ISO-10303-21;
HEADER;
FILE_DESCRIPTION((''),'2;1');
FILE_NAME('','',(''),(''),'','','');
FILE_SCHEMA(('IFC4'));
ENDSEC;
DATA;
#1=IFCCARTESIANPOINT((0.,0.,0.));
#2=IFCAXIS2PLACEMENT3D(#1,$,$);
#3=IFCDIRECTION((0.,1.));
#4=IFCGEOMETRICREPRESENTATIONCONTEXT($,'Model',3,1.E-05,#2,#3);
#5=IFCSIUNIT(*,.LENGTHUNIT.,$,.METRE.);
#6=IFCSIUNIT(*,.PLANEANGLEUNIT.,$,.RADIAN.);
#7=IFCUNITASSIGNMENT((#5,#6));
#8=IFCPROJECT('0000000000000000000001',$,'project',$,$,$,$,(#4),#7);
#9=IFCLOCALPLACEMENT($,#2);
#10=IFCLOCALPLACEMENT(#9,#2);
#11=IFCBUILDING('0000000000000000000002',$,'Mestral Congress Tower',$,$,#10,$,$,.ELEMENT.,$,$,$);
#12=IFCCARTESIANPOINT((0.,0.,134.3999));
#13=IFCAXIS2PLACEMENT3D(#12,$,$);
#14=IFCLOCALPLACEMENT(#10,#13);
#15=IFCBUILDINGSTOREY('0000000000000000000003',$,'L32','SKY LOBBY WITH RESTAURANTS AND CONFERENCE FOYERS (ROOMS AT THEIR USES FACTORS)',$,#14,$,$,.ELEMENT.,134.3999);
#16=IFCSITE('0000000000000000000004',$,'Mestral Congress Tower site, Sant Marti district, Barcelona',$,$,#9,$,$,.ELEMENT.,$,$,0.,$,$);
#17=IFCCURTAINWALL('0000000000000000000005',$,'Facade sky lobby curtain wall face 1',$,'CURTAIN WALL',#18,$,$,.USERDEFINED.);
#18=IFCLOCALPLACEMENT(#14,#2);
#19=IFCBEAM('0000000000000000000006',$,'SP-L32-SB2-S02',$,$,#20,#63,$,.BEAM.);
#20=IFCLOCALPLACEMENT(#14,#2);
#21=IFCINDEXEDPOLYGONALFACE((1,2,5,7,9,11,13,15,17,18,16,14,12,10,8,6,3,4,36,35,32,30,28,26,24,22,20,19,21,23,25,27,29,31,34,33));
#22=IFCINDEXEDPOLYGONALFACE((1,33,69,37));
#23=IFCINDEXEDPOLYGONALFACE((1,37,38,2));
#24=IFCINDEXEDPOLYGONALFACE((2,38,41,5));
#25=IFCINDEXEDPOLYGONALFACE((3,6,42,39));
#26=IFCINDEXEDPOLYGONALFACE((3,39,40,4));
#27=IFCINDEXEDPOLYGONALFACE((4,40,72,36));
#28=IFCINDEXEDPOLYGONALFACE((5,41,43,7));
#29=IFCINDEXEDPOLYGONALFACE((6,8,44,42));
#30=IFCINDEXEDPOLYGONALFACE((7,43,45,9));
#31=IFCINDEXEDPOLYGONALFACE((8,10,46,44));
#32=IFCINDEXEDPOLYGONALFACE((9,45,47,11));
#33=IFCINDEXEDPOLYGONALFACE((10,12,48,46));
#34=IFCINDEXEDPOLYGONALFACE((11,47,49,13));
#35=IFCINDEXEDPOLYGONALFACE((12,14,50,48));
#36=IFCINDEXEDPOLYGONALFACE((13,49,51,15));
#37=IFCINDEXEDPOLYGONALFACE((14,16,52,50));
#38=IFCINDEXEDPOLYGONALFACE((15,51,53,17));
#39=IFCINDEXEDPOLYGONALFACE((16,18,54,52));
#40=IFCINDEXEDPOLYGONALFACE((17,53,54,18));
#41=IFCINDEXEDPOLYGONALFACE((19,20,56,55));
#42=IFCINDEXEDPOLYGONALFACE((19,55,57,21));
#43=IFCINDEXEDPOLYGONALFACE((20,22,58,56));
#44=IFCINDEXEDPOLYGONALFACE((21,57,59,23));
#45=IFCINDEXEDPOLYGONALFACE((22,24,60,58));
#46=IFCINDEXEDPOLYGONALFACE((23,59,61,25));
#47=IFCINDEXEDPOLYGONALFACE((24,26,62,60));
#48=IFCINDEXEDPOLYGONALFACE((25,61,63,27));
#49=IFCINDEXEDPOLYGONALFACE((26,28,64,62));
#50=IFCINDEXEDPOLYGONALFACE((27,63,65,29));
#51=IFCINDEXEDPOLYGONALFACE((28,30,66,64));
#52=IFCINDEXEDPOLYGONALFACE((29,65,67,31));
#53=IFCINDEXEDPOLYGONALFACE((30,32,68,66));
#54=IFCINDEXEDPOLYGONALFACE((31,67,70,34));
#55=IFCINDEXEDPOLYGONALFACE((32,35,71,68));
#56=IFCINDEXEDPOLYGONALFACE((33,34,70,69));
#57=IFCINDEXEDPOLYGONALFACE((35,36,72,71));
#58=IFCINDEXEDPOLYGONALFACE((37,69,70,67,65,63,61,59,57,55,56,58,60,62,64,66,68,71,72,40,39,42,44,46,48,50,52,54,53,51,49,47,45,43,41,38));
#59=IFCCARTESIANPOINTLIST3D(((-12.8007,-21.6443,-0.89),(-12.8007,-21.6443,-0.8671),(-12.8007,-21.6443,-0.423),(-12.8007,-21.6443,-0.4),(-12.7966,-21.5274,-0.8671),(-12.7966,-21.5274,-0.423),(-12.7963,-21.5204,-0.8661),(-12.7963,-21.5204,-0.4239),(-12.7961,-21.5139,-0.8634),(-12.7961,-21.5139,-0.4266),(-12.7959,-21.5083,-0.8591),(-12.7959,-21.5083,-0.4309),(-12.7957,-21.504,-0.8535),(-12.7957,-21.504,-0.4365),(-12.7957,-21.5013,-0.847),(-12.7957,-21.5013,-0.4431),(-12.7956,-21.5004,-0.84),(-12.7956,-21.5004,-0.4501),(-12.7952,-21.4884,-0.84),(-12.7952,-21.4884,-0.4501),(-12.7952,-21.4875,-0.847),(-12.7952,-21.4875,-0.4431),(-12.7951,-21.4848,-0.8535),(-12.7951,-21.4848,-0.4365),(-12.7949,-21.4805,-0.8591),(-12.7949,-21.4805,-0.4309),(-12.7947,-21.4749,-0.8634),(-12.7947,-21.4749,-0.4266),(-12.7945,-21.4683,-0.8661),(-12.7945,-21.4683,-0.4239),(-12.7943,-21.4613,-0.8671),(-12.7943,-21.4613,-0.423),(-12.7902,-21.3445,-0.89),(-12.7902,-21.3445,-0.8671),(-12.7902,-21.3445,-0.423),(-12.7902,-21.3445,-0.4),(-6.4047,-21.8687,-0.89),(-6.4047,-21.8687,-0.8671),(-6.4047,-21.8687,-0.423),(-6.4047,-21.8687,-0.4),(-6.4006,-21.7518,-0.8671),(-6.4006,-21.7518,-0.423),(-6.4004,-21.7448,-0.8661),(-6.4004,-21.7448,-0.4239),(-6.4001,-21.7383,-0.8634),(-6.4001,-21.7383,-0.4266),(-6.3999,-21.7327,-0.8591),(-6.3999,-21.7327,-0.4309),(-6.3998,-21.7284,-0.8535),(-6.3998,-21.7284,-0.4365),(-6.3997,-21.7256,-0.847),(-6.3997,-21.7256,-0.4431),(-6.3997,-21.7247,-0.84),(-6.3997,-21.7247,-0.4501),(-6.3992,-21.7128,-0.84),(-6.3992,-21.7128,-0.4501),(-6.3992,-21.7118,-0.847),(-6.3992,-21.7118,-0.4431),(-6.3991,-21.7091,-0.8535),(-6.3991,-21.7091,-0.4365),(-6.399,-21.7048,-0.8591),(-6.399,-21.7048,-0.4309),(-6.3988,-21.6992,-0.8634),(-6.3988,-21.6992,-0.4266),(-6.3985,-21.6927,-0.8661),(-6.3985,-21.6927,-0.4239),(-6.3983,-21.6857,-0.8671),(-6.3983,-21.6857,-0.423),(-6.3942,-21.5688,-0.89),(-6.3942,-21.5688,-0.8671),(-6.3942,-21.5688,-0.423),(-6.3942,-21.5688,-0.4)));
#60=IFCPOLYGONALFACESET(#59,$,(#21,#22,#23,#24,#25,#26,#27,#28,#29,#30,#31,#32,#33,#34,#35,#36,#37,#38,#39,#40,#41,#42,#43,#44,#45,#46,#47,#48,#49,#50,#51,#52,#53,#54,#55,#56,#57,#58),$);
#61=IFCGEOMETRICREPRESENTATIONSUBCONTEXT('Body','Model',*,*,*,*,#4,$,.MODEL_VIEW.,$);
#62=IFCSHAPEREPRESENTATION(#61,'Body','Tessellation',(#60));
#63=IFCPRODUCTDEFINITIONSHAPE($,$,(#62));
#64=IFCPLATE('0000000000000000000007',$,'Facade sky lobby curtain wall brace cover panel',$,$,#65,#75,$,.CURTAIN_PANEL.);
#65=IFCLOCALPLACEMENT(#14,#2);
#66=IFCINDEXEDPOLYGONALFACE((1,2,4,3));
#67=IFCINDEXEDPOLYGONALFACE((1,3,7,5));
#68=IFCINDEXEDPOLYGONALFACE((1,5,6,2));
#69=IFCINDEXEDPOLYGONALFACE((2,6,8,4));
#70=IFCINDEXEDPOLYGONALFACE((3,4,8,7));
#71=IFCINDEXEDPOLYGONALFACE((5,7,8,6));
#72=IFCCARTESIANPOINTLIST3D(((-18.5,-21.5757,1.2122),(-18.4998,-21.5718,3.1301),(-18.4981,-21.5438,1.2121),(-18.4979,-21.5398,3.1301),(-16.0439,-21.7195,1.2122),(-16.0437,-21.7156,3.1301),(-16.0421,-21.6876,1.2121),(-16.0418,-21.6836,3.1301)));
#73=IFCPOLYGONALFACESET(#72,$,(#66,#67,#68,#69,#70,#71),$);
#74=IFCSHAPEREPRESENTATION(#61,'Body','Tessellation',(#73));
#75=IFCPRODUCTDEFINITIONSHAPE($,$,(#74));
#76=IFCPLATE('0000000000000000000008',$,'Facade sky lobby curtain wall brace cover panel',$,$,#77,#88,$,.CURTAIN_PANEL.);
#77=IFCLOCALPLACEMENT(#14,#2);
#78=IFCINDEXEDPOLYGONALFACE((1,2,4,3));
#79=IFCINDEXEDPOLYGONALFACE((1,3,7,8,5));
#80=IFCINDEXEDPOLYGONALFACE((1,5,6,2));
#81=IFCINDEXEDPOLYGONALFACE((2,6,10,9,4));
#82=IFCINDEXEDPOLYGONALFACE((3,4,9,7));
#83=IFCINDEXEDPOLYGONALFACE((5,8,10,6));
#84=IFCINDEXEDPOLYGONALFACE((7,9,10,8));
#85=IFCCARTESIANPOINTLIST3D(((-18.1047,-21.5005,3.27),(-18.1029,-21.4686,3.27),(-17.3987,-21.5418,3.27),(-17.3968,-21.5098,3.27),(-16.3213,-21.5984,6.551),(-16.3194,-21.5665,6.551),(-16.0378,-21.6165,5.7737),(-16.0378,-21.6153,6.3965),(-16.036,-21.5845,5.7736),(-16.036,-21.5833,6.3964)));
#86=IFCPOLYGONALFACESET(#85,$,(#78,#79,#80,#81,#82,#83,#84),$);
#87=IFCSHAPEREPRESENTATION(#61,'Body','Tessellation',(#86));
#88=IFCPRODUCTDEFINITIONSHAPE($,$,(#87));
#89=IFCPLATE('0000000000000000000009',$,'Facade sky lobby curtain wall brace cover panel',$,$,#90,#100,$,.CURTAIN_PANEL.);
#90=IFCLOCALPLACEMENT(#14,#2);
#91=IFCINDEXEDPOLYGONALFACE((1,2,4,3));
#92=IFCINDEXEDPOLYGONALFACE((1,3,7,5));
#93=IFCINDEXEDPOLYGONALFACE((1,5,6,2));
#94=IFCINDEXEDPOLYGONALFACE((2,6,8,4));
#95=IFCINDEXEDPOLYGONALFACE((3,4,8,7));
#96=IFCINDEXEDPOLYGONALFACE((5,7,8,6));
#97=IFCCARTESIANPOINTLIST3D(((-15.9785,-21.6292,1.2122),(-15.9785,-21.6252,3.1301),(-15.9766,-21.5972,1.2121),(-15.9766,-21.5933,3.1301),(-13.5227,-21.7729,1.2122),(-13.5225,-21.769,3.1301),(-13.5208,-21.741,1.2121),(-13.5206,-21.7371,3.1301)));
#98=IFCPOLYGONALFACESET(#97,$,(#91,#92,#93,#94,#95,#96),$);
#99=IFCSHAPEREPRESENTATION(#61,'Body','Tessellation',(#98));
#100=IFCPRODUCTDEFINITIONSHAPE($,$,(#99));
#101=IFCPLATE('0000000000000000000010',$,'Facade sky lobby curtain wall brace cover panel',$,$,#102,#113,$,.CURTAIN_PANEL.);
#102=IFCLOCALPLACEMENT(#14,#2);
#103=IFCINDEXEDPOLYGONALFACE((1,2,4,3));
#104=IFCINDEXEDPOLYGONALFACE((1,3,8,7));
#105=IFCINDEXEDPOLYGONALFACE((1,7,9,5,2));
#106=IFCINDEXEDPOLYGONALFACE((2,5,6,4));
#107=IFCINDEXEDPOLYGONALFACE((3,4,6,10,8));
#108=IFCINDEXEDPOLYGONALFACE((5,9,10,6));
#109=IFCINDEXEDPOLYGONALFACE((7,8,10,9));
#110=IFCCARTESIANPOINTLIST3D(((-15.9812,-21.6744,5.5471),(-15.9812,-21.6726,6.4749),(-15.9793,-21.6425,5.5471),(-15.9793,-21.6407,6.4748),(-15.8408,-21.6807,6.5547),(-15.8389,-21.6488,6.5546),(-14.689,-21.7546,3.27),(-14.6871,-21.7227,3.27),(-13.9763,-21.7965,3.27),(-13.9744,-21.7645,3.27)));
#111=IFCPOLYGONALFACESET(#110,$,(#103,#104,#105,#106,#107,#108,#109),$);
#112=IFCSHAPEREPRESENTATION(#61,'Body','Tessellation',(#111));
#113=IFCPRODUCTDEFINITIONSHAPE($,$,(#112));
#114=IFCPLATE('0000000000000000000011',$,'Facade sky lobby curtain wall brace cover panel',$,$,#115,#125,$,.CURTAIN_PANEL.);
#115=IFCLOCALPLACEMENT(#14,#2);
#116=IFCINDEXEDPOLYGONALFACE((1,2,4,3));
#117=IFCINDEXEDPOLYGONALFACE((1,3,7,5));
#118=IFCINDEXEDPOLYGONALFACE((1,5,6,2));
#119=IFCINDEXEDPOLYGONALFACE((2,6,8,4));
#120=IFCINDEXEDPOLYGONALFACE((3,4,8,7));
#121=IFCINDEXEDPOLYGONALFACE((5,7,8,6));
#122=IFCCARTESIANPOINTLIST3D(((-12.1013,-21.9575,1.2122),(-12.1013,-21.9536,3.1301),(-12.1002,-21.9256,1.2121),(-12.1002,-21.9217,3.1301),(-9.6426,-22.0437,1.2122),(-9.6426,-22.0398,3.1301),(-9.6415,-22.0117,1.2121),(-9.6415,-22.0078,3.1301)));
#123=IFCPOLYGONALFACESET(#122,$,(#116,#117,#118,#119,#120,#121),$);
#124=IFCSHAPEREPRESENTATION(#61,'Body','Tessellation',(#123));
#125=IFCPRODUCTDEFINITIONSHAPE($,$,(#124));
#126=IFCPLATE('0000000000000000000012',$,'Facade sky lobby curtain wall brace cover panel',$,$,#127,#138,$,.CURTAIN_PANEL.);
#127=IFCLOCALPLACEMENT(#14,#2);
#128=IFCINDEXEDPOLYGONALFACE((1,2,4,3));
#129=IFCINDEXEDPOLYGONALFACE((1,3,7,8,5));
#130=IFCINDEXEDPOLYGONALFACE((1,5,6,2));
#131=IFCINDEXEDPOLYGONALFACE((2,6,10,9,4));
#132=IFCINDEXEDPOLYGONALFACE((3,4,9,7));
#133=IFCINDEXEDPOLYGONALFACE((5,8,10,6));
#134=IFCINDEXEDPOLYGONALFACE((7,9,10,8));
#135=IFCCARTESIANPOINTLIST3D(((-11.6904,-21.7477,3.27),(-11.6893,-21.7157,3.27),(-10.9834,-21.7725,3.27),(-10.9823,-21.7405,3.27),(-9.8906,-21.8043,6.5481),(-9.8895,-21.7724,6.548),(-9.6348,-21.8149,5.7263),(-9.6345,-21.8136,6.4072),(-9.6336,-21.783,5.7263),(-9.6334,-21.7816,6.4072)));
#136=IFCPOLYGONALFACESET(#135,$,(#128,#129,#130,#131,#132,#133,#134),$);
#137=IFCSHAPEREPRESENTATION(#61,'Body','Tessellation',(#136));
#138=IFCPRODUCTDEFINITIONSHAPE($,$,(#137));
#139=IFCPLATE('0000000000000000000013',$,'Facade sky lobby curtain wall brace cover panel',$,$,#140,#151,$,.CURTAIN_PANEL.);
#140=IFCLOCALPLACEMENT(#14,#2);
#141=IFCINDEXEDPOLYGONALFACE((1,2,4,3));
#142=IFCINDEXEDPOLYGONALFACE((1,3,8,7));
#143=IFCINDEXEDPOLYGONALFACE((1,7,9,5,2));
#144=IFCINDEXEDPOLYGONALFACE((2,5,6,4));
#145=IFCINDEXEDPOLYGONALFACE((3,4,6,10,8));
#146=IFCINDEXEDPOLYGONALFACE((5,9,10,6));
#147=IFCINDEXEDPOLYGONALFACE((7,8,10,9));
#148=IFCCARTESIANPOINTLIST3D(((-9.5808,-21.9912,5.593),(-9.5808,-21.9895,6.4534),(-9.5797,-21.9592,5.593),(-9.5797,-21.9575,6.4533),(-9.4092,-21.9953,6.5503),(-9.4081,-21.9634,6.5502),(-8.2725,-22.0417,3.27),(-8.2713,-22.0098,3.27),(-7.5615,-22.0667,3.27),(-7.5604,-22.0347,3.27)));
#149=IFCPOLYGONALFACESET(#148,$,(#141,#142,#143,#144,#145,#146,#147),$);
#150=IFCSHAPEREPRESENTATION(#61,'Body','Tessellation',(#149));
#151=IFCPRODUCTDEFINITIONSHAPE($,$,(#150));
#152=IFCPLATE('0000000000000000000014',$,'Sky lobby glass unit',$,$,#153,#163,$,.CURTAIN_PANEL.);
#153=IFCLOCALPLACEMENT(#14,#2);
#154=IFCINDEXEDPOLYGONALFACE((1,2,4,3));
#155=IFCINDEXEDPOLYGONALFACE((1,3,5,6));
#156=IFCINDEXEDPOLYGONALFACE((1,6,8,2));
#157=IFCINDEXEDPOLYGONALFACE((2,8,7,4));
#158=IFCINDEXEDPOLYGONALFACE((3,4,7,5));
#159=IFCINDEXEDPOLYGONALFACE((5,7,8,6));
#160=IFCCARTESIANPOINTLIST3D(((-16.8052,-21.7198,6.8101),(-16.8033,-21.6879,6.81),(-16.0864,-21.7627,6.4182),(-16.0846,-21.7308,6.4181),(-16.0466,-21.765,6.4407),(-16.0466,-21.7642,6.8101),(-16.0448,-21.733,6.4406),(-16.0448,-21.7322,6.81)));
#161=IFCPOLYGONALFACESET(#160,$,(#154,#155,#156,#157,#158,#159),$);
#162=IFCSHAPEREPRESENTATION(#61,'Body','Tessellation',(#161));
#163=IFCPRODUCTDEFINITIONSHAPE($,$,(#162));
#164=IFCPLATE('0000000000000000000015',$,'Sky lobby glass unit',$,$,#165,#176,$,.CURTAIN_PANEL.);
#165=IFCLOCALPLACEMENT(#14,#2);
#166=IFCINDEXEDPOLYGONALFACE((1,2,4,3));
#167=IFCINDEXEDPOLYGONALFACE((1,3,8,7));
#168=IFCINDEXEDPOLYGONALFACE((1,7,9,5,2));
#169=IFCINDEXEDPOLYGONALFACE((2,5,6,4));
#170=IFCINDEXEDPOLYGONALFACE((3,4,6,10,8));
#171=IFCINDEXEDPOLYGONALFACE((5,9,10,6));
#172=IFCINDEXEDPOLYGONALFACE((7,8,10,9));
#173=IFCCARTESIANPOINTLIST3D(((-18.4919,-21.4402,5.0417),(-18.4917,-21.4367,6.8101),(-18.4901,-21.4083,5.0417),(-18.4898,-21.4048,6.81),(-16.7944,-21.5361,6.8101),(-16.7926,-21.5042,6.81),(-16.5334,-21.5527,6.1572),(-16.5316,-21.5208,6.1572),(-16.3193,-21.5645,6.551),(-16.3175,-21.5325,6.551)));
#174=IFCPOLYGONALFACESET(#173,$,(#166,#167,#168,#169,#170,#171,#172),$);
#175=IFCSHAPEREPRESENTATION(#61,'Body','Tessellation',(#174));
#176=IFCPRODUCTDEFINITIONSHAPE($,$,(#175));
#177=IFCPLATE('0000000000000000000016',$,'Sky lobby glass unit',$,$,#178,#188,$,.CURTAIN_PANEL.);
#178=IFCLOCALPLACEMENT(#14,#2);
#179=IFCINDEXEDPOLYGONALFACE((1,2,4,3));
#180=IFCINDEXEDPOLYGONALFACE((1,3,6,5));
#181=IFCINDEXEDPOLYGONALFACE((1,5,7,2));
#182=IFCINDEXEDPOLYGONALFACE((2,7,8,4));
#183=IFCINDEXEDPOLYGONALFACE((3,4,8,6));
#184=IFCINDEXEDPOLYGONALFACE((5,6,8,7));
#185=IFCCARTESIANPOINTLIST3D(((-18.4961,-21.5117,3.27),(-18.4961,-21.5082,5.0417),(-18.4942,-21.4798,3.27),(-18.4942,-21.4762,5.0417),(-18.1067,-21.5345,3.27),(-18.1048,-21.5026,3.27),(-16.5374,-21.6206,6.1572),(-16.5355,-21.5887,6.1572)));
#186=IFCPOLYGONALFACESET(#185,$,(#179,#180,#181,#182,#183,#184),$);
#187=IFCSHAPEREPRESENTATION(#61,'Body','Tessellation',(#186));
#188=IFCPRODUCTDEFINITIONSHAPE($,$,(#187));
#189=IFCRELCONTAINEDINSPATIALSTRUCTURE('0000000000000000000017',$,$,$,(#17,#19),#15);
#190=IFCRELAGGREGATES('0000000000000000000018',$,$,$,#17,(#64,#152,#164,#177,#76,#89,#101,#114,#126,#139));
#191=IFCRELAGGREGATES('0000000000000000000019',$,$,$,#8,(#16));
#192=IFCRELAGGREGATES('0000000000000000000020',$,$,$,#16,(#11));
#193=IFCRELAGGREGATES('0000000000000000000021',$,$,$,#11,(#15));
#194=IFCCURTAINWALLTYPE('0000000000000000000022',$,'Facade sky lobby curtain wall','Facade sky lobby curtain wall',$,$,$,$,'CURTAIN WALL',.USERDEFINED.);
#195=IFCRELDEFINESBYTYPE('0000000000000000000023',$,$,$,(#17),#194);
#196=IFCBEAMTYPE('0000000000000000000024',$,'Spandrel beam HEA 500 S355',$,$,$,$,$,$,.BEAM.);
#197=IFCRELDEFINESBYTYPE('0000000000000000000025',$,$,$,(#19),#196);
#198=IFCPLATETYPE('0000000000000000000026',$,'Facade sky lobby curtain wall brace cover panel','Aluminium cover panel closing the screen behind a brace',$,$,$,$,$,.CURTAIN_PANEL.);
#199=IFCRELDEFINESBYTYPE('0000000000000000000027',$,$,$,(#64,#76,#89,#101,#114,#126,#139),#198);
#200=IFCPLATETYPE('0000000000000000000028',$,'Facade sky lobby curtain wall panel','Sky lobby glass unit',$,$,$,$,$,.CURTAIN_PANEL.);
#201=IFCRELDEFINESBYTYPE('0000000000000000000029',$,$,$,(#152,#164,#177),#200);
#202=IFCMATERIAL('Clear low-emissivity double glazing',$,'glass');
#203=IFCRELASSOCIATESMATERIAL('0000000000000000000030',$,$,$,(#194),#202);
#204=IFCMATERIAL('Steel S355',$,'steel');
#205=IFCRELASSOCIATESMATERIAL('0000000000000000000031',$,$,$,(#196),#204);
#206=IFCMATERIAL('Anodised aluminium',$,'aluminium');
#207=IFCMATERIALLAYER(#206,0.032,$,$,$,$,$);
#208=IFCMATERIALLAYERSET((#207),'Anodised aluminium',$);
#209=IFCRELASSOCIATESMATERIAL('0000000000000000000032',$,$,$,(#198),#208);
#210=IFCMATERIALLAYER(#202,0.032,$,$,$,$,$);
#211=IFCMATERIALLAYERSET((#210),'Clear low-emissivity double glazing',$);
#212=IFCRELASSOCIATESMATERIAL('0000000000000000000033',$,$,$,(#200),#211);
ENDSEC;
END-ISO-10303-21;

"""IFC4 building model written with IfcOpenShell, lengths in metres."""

from ifc_helpers import new_model, si_unit, direction, frame, origin, origin_2d, place, context, subcontext, project, spatial, polyline, i_section, outline, extrude, material, layer, layer_set, material_profile, profile_set, type_object, element, aggregate, save


model = new_model("IFC4")

# Units and contexts
model_context = context("Model", 3, precision=1e-05, world=origin(), true_north=direction((0.0, 1.0)))
body_context = subcontext(model_context, "Body", "Model", "MODEL_VIEW")
ifc_project = project(units=[si_unit("LENGTHUNIT", "METRE"), si_unit("PLANEANGLEUNIT", "RADIAN")], contexts=[model_context])

# Site, building, storey
site_placement = place(None, origin())
site = spatial("IfcSite", under=ifc_project, at=site_placement, Name="Mestral Congress Tower site, Sant Marti district, Barcelona", CompositionType="ELEMENT", RefElevation=0.0)
building_placement = place(site_placement, origin())
building = spatial("IfcBuilding", under=site, at=building_placement, Name="Mestral Congress Tower", CompositionType="ELEMENT")
storey_placement = place(building_placement, frame((0.0, 0.0, 134.3999)))
storey = spatial("IfcBuildingStorey", under=building, at=storey_placement, Name="L32", Description="SKY LOBBY WITH RESTAURANTS AND CONFERENCE FOYERS (ROOMS AT THEIR USES FACTORS)", CompositionType="ELEMENT", Elevation=134.3999)

# Shared definitions
ifc_material_1 = material(Name="Steel S355", Category="steel")

# Curtain wall
ifc_material_2 = material(Name="Clear low-emissivity double glazing", Category="glass")
curtain_wall_type = type_object("IfcCurtainWallType", Name="Facade sky lobby curtain wall", Description="Facade sky lobby curtain wall", ElementType="CURTAIN WALL", PredefinedType="USERDEFINED", material=ifc_material_2)
curtain_wall_placement = place(storey_placement, origin())
curtain_wall = element("IfcCurtainWall", 1, at=curtain_wall_placement, inside=storey, type_object=curtain_wall_type, Name="Facade sky lobby curtain wall face 1", ObjectType="CURTAIN WALL", PredefinedType="USERDEFINED")
ifc_material_3 = material(Name="Anodised aluminium", Category="aluminium")

# Beam
ifc_material_profile_1 = material_profile(ifc_material_1, i_section(OverallWidth=0.3, OverallDepth=0.49, WebThickness=0.012, FlangeThickness=0.0229, FilletRadius=0.0271, at=origin_2d()), Name="HEA 500")
ifc_profile_set_1 = profile_set([ifc_material_profile_1], Name="Steel S355")
beam_type_1 = type_object("IfcBeamType", Name="Spandrel beam HEA 500 S355", PredefinedType="BEAM", material=ifc_profile_set_1)
beam_1_placement = place(storey_placement, frame((-12.7954, -21.4944, -0.645), z_axis=(0.999385, -0.035057, 0.0), x_axis=(0.035057, 0.999385, 0.0)))
element("IfcBeam", 2, at=beam_1_placement, inside=storey, type_object=beam_type_1, Name="SP-L32-SB2-S02", PredefinedType="BEAM", context=body_context, shape_type="SweptSolid", body=[
    extrude(i_section(OverallWidth=0.3, OverallDepth=0.49, WebThickness=0.012, FlangeThickness=0.0229, FilletRadius=0.0271, at=origin_2d()), origin(), (0.0, 0.0, 1.0), 6.3999),
])

# Plates
ifc_layer_1 = layer(ifc_material_3, 0.032)
ifc_layer_set_1 = layer_set([ifc_layer_1], Name="Anodised aluminium")
plate_type_1 = type_object("IfcPlateType", Name="Facade sky lobby curtain wall brace cover panel", Description="Aluminium cover panel closing the screen behind a brace", PredefinedType="CURTAIN_PANEL", material=ifc_layer_set_1)
plate_1_placement = place(storey_placement, frame((-16.0437, -21.7156, 3.1301), z_axis=(-0.058448, -0.998288, 0.002041), x_axis=(-0.000127, -0.002037, -0.999998)))
plate_1 = element("IfcPlate", 3, at=plate_1_placement, type_object=plate_type_1, Name="Facade sky lobby curtain wall brace cover panel", PredefinedType="CURTAIN_PANEL", context=body_context, shape_type="SweptSolid", body=[
    extrude(outline(polyline([(0.0, 0.0), (1.918, 0.0), (1.918, -2.4603), (0.0, -2.4603), (0.0, 0.0)])), origin(), (0.0, 0.0, -1.0), 0.032),
])
plate_2_placement = place(storey_placement, frame((-16.0378, -21.6165, 5.7737), z_axis=(-0.058339, -0.998295, 0.001925), x_axis=(-0.477391, 0.026204, -0.8783)))
plate_2 = element("IfcPlate", 4, at=plate_2_placement, type_object=plate_type_1, Name="Facade sky lobby curtain wall brace cover panel", PredefinedType="CURTAIN_PANEL", context=body_context, shape_type="SweptSolid", body=[
    extrude(outline(polyline([(0.0, 0.0), (2.8506, 0.0), (3.1887, -0.6212), (-0.547, -0.6211), (-0.547, -0.2978), (0.0, 0.0)])), origin(), (0.0, 0.0, -1.0), 0.032),
])
plate_3_placement = place(storey_placement, frame((-13.5225, -21.769, 3.1301), z_axis=(-0.058451, -0.998288, 0.002037), x_axis=(-0.000127, -0.002033, -0.999998)))
plate_3 = element("IfcPlate", 5, at=plate_3_placement, type_object=plate_type_1, Name="Facade sky lobby curtain wall brace cover panel", PredefinedType="CURTAIN_PANEL", context=body_context, shape_type="SweptSolid", body=[
    extrude(outline(polyline([(0.0, 0.0), (1.918, 0.0), (1.918, -2.46), (0.0, -2.4603), (0.0, 0.0)])), origin(), (0.0, 0.0, -1.0), 0.032),
])
plate_4_placement = place(storey_placement, frame((-15.9812, -21.6726, 6.4749), z_axis=(-0.05857, -0.998281, 0.001937), x_axis=(0.868176, -0.049978, 0.493733)))
plate_4 = element("IfcPlate", 6, at=plate_4_placement, type_object=plate_type_1, Name="Facade sky lobby curtain wall brace cover panel", PredefinedType="CURTAIN_PANEL", context=body_context, shape_type="SweptSolid", body=[
    extrude(outline(polyline([(0.0, 0.0), (0.1617, 0.0), (0.1644, -3.7787), (-0.4563, -3.4263), (-0.458, -0.8068), (0.0, 0.0)])), origin(), (0.0, 0.0, -1.0), 0.032),
])
plate_5_placement = place(storey_placement, frame((-9.6426, -22.0398, 3.1301), z_axis=(-0.03503, -0.999384, 0.002035), x_axis=(0.0, -0.002037, -0.999998)))
plate_5 = element("IfcPlate", 7, at=plate_5_placement, type_object=plate_type_1, Name="Facade sky lobby curtain wall brace cover panel", PredefinedType="CURTAIN_PANEL", context=body_context, shape_type="SweptSolid", body=[
    extrude(outline(polyline([(0.0, 0.0), (1.918, 0.0), (1.9178, -2.4603), (-0.0002, -2.4603), (0.0, 0.0)])), origin(), (0.0, 0.0, -1.0), 0.032),
])
plate_6_placement = place(storey_placement, frame((-9.6348, -21.8149, 5.7263), z_axis=(-0.03508, -0.999383, 0.001994), x_axis=(-0.481225, 0.015143, -0.876466)))
plate_6 = element("IfcPlate", 8, at=plate_6_placement, type_object=plate_type_1, Name="Facade sky lobby curtain wall brace cover panel", PredefinedType="CURTAIN_PANEL", context=body_context, shape_type="SweptSolid", body=[
    extrude(outline(polyline([(0.0, 0.0), (2.8025, 0.0), (3.1431, -0.6201), (-0.597, -0.6201), (-0.5969, -0.3277), (0.0, 0.0)])), origin(), (0.0, 0.0, -1.0), 0.032),
])
plate_7_placement = place(storey_placement, frame((-9.5808, -21.9895, 6.4534), z_axis=(-0.035059, -0.999383, 0.001986), x_axis=(0.870368, -0.029556, 0.491513)))
plate_7 = element("IfcPlate", 9, at=plate_7_placement, type_object=plate_type_1, Name="Facade sky lobby curtain wall brace cover panel", PredefinedType="CURTAIN_PANEL", context=body_context, shape_type="SweptSolid", body=[
    extrude(outline(polyline([(0.0, 0.0), (0.1972, 0.0), (0.1951, -3.7655), (-0.4244, -3.4159), (-0.4228, -0.7493), (0.0, 0.0)])), origin(), (0.0, 0.0, -1.0), 0.032),
])
ifc_layer_2 = layer(ifc_material_2, 0.032)
ifc_layer_set_2 = layer_set([ifc_layer_2], Name="Clear low-emissivity double glazing")
plate_type_2 = type_object("IfcPlateType", Name="Facade sky lobby curtain wall panel", Description="Sky lobby glass unit", PredefinedType="CURTAIN_PANEL", material=ifc_layer_set_2)
plate_8_placement = place(storey_placement, frame((-16.0466, -21.7642, 6.8101), z_axis=(-0.058372, -0.998292, 0.002196), x_axis=(-0.000013, -0.002199, -0.999998)))
plate_8 = element("IfcPlate", 10, at=plate_8_placement, type_object=plate_type_2, Name="Sky lobby glass unit", PredefinedType="CURTAIN_PANEL", context=body_context, shape_type="SweptSolid", body=[
    extrude(outline(polyline([(0.0, 0.0), (0.3694, 0.0), (0.3918, -0.0399), (-0.0001, -0.7598), (0.0, 0.0)])), origin(), (0.0, 0.0, -1.0), 0.032),
])
plate_9_placement = place(storey_placement, frame((-16.3193, -21.5645, 6.551), z_axis=(-0.058462, -0.998288, 0.001962), x_axis=(-0.4775, 0.026237, -0.87824)))
plate_9 = element("IfcPlate", 11, at=plate_9_placement, type_object=plate_type_2, Name="Sky lobby glass unit", PredefinedType="CURTAIN_PANEL", context=body_context, shape_type="SweptSolid", body=[
    extrude(outline(polyline([(0.0, 0.0), (0.4484, 0.0), (2.3662, -1.1894), (0.8132, -2.035), (0.0001, -0.5419), (0.0, 0.0)])), origin(), (0.0, 0.0, -1.0), 0.032),
])
plate_10_placement = place(storey_placement, frame((-18.4961, -21.5117, 3.27), z_axis=(-0.058456, -0.998288, 0.002009), x_axis=(-0.000003, 0.002012, 0.999998)))
plate_10 = element("IfcPlate", 12, at=plate_10_placement, type_object=plate_type_2, Name="Sky lobby glass unit", PredefinedType="CURTAIN_PANEL", context=body_context, shape_type="SweptSolid", body=[
    extrude(outline(polyline([(0.0, 0.0), (1.7717, 0.0), (2.887, -1.9621), (0.0, -0.3901), (0.0, 0.0)])), origin(), (0.0, 0.0, -1.0), 0.032),
])

aggregate(curtain_wall, [plate_1, plate_8, plate_9, plate_10, plate_2, plate_3, plate_4, plate_5, plate_6, plate_7])

save(model, "model.ifc")
